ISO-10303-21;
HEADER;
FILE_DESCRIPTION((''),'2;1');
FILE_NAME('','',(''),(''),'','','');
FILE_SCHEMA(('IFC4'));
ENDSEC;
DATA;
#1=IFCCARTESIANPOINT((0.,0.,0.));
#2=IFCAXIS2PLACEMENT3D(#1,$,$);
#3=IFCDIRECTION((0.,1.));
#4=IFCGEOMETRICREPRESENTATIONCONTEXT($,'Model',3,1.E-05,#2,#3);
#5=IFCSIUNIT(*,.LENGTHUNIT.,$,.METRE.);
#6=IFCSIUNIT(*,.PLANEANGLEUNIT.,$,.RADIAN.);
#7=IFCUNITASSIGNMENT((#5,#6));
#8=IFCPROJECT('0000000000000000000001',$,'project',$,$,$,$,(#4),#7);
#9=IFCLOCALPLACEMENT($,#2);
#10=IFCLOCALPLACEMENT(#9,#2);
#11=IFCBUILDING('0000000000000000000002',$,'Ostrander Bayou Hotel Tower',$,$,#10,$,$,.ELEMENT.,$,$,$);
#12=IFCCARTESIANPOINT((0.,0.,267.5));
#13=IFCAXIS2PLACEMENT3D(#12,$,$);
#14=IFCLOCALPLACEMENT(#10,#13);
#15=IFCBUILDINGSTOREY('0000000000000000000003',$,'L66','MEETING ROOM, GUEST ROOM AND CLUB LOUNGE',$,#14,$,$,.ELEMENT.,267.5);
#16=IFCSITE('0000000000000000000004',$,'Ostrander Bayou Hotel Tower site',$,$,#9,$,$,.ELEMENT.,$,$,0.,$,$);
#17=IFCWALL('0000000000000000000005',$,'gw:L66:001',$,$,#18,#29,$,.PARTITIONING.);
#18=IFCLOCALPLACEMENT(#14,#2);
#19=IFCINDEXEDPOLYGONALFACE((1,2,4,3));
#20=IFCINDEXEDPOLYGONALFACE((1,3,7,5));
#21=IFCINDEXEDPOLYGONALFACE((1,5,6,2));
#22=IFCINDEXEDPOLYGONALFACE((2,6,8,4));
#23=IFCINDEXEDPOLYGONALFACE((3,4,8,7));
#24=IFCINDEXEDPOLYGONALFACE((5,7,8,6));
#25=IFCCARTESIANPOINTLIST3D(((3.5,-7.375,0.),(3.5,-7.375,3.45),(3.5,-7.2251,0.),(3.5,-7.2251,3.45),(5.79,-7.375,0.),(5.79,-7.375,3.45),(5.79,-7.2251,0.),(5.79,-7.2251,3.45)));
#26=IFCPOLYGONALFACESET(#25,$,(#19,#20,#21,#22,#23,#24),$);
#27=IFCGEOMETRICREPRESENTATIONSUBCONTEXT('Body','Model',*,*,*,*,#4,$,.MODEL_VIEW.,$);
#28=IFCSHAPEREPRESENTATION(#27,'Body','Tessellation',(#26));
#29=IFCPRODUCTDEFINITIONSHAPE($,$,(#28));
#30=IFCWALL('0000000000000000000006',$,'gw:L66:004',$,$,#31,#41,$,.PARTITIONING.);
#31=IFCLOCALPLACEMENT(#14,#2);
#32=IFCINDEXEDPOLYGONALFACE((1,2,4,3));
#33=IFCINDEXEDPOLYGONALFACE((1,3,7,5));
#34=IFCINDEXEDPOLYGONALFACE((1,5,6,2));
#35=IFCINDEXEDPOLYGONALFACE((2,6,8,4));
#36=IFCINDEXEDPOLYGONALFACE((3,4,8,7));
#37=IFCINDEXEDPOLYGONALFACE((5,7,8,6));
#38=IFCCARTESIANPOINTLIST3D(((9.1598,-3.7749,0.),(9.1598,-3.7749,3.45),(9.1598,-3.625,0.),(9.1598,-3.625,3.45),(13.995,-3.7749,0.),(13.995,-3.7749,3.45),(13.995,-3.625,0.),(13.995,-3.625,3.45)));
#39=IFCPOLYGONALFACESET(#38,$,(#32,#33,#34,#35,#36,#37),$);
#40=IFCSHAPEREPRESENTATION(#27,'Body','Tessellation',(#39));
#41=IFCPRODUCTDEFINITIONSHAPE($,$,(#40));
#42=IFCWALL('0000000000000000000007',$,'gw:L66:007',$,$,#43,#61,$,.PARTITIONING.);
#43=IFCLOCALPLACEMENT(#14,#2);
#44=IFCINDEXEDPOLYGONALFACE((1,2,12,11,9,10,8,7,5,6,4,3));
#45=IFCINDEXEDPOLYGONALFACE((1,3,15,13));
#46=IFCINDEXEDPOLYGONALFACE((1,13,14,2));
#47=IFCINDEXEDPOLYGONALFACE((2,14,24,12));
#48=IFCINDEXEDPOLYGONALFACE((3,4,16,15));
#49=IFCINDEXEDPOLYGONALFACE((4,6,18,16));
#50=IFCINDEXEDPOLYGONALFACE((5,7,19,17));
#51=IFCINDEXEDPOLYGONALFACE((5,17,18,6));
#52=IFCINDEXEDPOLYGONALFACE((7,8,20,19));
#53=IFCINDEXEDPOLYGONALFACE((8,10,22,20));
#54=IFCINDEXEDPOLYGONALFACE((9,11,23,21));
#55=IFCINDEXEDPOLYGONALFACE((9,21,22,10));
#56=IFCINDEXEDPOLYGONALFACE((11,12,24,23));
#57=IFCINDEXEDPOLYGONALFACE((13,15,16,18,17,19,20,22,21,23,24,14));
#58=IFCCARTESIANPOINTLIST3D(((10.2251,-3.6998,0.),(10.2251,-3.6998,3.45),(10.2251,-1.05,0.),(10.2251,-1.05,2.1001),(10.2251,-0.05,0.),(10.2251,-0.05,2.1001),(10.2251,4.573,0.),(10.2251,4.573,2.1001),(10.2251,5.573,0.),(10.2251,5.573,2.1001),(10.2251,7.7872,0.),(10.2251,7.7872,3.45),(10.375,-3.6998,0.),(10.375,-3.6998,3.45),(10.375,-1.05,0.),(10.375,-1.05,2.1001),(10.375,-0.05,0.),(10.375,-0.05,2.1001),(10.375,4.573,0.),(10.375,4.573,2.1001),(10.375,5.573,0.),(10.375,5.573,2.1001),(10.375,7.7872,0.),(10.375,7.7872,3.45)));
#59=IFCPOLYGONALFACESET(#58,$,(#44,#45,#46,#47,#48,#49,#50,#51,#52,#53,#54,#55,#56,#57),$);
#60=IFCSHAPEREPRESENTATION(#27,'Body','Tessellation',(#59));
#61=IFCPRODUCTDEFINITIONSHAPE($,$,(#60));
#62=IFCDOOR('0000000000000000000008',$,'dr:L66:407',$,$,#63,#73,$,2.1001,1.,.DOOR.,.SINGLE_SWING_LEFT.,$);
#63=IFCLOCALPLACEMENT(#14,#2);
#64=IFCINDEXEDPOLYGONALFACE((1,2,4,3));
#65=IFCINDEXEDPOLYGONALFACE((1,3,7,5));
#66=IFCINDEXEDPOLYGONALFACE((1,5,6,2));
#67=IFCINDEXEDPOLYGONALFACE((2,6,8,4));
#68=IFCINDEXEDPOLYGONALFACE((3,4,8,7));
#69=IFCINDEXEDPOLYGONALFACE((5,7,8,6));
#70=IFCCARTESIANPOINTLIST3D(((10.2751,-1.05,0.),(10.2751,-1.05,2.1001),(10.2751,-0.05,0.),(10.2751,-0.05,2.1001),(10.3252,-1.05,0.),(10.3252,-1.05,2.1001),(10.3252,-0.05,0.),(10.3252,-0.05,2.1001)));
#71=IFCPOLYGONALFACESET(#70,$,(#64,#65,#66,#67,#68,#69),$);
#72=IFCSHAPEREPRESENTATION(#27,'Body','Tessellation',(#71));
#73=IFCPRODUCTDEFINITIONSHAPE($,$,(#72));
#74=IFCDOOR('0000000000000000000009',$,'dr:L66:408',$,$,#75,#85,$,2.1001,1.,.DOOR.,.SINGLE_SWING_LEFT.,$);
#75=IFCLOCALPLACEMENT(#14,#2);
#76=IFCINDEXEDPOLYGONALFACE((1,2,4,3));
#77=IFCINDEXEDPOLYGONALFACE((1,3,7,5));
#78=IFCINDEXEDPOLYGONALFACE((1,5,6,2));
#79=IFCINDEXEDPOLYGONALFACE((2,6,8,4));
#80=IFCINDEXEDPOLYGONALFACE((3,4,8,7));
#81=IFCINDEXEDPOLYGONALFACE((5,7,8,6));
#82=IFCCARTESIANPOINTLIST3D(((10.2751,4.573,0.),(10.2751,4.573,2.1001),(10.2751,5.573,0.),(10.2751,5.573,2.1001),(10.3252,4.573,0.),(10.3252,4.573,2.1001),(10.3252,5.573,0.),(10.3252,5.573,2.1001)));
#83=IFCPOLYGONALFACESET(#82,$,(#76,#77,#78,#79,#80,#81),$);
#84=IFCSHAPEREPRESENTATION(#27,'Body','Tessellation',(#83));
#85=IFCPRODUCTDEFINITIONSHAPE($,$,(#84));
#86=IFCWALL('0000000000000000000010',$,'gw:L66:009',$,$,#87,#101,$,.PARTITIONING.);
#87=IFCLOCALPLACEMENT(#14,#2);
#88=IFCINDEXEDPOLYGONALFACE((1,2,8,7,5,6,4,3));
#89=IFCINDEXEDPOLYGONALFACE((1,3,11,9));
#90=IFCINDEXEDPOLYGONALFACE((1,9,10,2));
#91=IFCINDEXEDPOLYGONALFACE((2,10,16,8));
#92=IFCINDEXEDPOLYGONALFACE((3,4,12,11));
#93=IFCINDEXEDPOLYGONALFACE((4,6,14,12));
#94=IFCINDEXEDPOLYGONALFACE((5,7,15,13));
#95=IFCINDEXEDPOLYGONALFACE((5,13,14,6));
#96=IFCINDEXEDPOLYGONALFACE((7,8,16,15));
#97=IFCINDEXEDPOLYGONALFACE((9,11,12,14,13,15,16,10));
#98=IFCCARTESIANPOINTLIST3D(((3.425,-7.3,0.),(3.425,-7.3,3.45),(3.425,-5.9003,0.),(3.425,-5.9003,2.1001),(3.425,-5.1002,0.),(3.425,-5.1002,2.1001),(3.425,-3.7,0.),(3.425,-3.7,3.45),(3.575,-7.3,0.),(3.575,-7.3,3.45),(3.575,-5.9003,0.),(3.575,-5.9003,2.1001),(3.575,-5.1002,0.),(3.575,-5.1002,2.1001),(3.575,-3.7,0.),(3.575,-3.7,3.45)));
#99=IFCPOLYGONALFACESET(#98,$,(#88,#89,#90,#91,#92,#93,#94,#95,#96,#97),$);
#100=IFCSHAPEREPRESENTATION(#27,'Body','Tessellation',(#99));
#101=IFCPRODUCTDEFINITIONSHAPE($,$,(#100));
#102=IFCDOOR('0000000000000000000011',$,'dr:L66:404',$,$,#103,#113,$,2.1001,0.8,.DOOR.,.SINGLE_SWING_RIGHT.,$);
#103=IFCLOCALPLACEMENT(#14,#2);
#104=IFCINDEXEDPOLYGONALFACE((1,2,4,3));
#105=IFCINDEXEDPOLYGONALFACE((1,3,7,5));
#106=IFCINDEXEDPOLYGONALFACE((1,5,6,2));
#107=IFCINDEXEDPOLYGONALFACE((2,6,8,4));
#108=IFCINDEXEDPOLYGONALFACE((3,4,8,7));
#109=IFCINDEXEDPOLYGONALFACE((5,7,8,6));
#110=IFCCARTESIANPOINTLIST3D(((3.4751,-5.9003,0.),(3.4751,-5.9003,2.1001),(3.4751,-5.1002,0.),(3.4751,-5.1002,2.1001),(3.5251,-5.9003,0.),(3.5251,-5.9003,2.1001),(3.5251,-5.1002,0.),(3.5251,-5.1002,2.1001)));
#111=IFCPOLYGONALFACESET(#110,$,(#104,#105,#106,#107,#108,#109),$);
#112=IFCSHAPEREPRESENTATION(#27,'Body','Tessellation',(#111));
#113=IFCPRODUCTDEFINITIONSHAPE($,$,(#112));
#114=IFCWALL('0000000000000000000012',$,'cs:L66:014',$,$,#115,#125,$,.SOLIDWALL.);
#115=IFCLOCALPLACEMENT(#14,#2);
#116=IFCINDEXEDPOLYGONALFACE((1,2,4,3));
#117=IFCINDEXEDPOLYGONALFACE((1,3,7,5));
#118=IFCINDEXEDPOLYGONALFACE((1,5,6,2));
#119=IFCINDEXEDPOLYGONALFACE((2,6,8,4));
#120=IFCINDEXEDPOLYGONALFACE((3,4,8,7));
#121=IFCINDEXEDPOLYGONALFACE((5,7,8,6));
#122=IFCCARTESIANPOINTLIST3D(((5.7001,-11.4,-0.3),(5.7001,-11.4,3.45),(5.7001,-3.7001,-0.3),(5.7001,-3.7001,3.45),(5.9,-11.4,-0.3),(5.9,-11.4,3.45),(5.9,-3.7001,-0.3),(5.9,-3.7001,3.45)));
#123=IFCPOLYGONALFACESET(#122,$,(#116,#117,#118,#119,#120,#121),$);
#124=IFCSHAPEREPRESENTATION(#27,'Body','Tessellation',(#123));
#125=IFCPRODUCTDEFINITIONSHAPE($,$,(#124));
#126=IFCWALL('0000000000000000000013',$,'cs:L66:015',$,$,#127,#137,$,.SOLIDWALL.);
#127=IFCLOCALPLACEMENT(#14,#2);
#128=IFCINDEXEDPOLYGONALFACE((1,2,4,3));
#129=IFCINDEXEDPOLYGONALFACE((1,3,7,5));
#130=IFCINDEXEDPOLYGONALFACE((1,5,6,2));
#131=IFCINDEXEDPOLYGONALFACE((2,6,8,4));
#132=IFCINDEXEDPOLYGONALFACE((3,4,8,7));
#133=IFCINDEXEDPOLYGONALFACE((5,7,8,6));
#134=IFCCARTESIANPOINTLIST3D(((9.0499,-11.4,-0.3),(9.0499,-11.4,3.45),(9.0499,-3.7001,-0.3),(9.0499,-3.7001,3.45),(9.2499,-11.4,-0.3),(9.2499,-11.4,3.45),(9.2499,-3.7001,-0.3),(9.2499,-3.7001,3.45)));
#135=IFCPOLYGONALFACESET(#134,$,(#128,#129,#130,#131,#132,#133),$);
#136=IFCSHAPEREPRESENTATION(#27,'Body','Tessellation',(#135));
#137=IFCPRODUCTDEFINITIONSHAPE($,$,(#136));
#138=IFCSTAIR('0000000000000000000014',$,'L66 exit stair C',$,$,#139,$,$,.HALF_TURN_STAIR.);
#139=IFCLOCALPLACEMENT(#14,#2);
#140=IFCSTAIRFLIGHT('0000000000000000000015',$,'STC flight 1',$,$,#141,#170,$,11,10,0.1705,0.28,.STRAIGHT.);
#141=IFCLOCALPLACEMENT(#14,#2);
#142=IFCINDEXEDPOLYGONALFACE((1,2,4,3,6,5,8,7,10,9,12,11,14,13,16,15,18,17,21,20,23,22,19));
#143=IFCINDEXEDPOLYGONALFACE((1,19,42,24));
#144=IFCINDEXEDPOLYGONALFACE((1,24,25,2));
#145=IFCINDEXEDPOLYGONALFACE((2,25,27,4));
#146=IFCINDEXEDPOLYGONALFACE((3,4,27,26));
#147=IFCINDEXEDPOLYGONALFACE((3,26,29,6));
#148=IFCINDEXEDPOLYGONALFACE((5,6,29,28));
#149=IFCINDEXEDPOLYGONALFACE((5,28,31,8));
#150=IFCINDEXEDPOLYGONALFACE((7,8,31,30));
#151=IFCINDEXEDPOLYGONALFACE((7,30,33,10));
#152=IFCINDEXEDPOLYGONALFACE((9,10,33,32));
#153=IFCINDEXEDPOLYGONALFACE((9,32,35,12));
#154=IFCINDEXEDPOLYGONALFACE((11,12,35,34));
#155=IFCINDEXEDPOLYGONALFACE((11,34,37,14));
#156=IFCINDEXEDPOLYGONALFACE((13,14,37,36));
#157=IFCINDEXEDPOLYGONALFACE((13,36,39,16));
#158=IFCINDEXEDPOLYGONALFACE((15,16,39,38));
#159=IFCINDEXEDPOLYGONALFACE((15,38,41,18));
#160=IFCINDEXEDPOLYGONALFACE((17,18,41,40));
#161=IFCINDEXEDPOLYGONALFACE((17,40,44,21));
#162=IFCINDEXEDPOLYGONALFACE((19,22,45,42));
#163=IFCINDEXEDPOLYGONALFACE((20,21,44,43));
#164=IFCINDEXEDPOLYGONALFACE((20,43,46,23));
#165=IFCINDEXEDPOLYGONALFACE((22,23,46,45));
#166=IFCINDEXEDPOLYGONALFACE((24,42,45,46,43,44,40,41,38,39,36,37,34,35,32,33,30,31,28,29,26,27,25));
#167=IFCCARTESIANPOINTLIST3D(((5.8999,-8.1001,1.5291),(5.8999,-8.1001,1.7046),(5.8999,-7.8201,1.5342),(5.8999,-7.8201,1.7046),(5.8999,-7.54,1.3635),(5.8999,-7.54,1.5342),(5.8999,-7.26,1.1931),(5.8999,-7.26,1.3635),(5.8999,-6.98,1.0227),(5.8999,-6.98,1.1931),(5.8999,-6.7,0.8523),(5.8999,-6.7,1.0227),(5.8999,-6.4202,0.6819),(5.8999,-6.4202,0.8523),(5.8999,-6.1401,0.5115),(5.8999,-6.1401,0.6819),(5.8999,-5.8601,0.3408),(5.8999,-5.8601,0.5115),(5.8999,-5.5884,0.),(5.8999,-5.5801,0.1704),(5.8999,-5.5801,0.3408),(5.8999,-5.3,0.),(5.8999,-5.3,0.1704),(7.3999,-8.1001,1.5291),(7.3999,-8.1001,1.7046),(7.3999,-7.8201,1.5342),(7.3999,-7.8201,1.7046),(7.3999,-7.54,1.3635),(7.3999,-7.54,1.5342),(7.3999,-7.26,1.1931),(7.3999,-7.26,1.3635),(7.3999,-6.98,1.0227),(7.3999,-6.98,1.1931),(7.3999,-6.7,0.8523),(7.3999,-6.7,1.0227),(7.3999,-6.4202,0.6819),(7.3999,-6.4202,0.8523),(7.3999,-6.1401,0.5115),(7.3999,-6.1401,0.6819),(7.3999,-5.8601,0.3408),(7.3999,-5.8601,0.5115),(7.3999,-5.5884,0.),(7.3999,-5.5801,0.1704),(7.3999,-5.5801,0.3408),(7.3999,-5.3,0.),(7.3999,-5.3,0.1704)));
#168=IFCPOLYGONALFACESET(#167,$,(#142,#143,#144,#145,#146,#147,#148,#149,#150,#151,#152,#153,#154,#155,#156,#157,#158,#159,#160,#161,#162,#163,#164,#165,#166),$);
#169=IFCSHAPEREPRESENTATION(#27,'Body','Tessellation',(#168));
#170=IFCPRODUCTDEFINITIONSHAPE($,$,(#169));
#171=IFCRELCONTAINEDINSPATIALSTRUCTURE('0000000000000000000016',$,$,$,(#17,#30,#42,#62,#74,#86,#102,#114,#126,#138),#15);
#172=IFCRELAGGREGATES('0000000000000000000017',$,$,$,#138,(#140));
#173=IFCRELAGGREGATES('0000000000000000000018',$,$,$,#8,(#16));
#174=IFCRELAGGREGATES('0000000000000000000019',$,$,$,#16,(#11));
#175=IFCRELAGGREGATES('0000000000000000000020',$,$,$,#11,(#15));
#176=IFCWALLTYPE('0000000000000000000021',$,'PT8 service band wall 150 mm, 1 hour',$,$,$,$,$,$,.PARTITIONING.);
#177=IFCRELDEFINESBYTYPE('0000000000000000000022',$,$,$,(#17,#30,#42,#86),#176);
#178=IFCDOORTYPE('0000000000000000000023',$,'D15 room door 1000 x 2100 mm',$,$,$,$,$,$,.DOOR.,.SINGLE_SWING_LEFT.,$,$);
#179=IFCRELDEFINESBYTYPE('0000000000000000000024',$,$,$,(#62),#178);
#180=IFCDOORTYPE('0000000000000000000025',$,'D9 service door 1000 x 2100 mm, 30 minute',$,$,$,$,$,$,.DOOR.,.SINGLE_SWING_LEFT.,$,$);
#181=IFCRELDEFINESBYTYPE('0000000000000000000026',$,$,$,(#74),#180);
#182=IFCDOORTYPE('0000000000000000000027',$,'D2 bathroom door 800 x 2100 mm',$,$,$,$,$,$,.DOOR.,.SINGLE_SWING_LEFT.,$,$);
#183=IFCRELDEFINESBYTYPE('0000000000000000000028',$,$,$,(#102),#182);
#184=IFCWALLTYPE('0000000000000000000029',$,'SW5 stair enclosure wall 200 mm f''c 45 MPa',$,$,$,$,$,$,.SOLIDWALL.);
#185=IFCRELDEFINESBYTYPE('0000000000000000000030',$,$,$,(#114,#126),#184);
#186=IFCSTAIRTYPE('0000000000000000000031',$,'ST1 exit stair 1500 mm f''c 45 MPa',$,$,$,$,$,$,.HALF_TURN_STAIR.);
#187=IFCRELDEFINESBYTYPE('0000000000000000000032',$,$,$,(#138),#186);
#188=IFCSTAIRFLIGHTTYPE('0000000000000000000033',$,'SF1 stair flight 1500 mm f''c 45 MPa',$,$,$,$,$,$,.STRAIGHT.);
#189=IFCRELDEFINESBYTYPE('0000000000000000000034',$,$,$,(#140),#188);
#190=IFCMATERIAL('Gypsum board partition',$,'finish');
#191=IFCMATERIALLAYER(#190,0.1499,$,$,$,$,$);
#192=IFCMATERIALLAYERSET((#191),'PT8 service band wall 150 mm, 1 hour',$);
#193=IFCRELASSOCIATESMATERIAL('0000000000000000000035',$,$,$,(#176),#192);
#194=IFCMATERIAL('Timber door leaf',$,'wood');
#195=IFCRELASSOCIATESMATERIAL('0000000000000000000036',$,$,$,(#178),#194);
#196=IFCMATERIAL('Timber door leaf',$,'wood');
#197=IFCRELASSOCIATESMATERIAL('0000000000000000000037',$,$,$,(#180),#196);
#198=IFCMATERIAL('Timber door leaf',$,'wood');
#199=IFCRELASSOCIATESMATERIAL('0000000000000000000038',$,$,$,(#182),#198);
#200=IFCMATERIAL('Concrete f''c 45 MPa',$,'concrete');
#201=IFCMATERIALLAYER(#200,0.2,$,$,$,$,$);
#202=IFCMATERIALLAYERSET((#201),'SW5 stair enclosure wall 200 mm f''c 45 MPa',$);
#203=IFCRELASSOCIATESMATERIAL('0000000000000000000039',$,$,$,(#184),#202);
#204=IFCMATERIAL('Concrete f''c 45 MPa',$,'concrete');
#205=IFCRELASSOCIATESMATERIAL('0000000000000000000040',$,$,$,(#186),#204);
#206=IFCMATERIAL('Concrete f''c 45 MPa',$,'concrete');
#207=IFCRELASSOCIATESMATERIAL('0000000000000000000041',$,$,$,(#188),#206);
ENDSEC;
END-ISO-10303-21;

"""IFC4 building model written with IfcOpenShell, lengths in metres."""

from ifc_helpers import new_model, si_unit, direction, frame, frame_2d, origin, place, context, subcontext, project, spatial, polyline, rectangle, outline, extrude, material, layer, layer_set, type_object, element, fill, aggregate, save


model = new_model("IFC4")

# Units and contexts
model_context = context("Model", 3, precision=1e-05, world=origin(), true_north=direction((0.0, 1.0)))
body_context = subcontext(model_context, "Body", "Model", "MODEL_VIEW")
ifc_project = project(units=[si_unit("LENGTHUNIT", "METRE"), si_unit("PLANEANGLEUNIT", "RADIAN")], contexts=[model_context])

# Site, building, storey
site_placement = place(None, origin())
site = spatial("IfcSite", under=ifc_project, at=site_placement, Name="Ostrander Bayou Hotel Tower site", CompositionType="ELEMENT", RefElevation=0.0)
building_placement = place(site_placement, origin())
building = spatial("IfcBuilding", under=site, at=building_placement, Name="Ostrander Bayou Hotel Tower", CompositionType="ELEMENT")
storey_placement = place(building_placement, frame((0.0, 0.0, 267.5)))
storey = spatial("IfcBuildingStorey", under=building, at=storey_placement, Name="L66", Description="MEETING ROOM, GUEST ROOM AND CLUB LOUNGE", CompositionType="ELEMENT", Elevation=267.5)

# Walls
ifc_material_1 = material(Name="Gypsum board partition", Category="finish")
ifc_layer_1 = layer(ifc_material_1, 0.1499)
ifc_layer_set_1 = layer_set([ifc_layer_1], Name="PT8 service band wall 150 mm, 1 hour")
wall_type_1 = type_object("IfcWallType", Name="PT8 service band wall 150 mm, 1 hour", PredefinedType="PARTITIONING", material=ifc_layer_set_1)
wall_1_placement = place(storey_placement, frame((3.5, -7.3, 0.0), z_axis=(0.0, 0.0, 1.0), x_axis=(1.0, 0.0, 0.0)))
element("IfcWall", 1, at=wall_1_placement, inside=storey, type_object=wall_type_1, Name="gw:L66:001", PredefinedType="PARTITIONING", context=body_context, shape_type="SweptSolid", body=[
    extrude(rectangle(XDim=2.29, YDim=0.1499, at=frame_2d((1.145, 0.0))), origin(), (0.0, 0.0, 1.0), 3.45),
])
wall_2_placement = place(storey_placement, frame((9.1599, -3.7, 0.0), z_axis=(0.0, 0.0, 1.0), x_axis=(1.0, 0.0, 0.0)))
element("IfcWall", 2, at=wall_2_placement, inside=storey, type_object=wall_type_1, Name="gw:L66:004", PredefinedType="PARTITIONING", context=body_context, shape_type="SweptSolid", body=[
    extrude(rectangle(XDim=4.8352, YDim=0.1499, at=frame_2d((2.4175, 0.0))), origin(), (0.0, 0.0, 1.0), 3.45),
])

# Wall, openings, doors
wall_3_placement = place(storey_placement, frame((10.3, -3.7, 0.0), z_axis=(0.0, 0.0, 1.0), x_axis=(0.0, 1.0, 0.0)))
wall_3 = element("IfcWall", 3, at=wall_3_placement, inside=storey, type_object=wall_type_1, Name="gw:L66:007", PredefinedType="PARTITIONING", context=body_context, shape_type="SweptSolid", body=[
    extrude(rectangle(XDim=11.4871, YDim=0.1499, at=frame_2d((5.7437, 0.0))), origin(), (0.0, 0.0, 1.0), 3.45),
])
opening_1_placement = place(wall_3_placement, frame((2.6499, 0.0, 0.0)))
opening_1 = element("IfcOpeningElement", 4, at=opening_1_placement, cuts=wall_3, PredefinedType="OPENING", context=body_context, shape_type="SweptSolid", body=[
    extrude(rectangle(XDim=1.0, YDim=2.1001, at=frame_2d((0.5, 1.05))), frame((0.0, 0.075, 0.0), z_axis=(0.0, -1.0, 0.0), x_axis=(1.0, 0.0, 0.0)), (0.0, 0.0, 1.0), 0.1499),
])
opening_2_placement = place(wall_3_placement, frame((8.2729, 0.0, 0.0)))
opening_2 = element("IfcOpeningElement", 5, at=opening_2_placement, cuts=wall_3, PredefinedType="OPENING", context=body_context, shape_type="SweptSolid", body=[
    extrude(rectangle(XDim=1.0, YDim=2.1001, at=frame_2d((0.5, 1.05))), frame((0.0, 0.075, 0.0), z_axis=(0.0, -1.0, 0.0), x_axis=(1.0, 0.0, 0.0)), (0.0, 0.0, 1.0), 0.1499),
])
ifc_material_2 = material(Name="Timber door leaf", Category="wood")
door_type_1 = type_object("IfcDoorType", Name="D15 room door 1000 x 2100 mm", OperationType="SINGLE_SWING_LEFT", PredefinedType="DOOR", material=ifc_material_2)
door_1_placement = place(opening_1_placement, origin())
door_1 = element("IfcDoor", 6, at=door_1_placement, inside=storey, type_object=door_type_1, Name="dr:L66:407", OperationType="SINGLE_SWING_LEFT", OverallHeight=2.1001, OverallWidth=1.0, PredefinedType="DOOR", context=body_context, shape_type="SweptSolid", body=[
    extrude(rectangle(XDim=1.0, YDim=2.1001, at=frame_2d((0.5, 1.05))), frame((0.0, 0.0249, 0.0), z_axis=(0.0, -1.0, 0.0), x_axis=(1.0, 0.0, 0.0)), (0.0, 0.0, 1.0), 0.05),
])
fill(opening_1, door_1)
ifc_material_3 = material(Name="Timber door leaf", Category="wood")
door_type_2 = type_object("IfcDoorType", Name="D9 service door 1000 x 2100 mm, 30 minute", OperationType="SINGLE_SWING_LEFT", PredefinedType="DOOR", material=ifc_material_3)
door_2_placement = place(opening_2_placement, origin())
door_2 = element("IfcDoor", 7, at=door_2_placement, inside=storey, type_object=door_type_2, Name="dr:L66:408", OperationType="SINGLE_SWING_LEFT", OverallHeight=2.1001, OverallWidth=1.0, PredefinedType="DOOR", context=body_context, shape_type="SweptSolid", body=[
    extrude(rectangle(XDim=1.0, YDim=2.1001, at=frame_2d((0.5, 1.05))), frame((0.0, 0.0249, 0.0), z_axis=(0.0, -1.0, 0.0), x_axis=(1.0, 0.0, 0.0)), (0.0, 0.0, 1.0), 0.05),
])
fill(opening_2, door_2)

# Wall, opening, door
wall_4_placement = place(storey_placement, frame((3.5, -7.3, 0.0), z_axis=(0.0, 0.0, 1.0), x_axis=(0.0, 1.0, 0.0)))
wall_4 = element("IfcWall", 8, at=wall_4_placement, inside=storey, type_object=wall_type_1, Name="gw:L66:009", PredefinedType="PARTITIONING", context=body_context, shape_type="SweptSolid", body=[
    extrude(rectangle(XDim=3.6001, YDim=0.1499, at=frame_2d((1.8, 0.0))), origin(), (0.0, 0.0, 1.0), 3.45),
])
opening_3_placement = place(wall_4_placement, frame((1.3999, 0.0, 0.0)))
opening_3 = element("IfcOpeningElement", 9, at=opening_3_placement, cuts=wall_4, PredefinedType="OPENING", context=body_context, shape_type="SweptSolid", body=[
    extrude(rectangle(XDim=0.8, YDim=2.1001, at=frame_2d((0.3999, 1.05))), frame((0.0, 0.075, 0.0), z_axis=(0.0, -1.0, 0.0), x_axis=(1.0, 0.0, 0.0)), (0.0, 0.0, 1.0), 0.1499),
])
ifc_material_4 = material(Name="Timber door leaf", Category="wood")
door_type_3 = type_object("IfcDoorType", Name="D2 bathroom door 800 x 2100 mm", OperationType="SINGLE_SWING_LEFT", PredefinedType="DOOR", material=ifc_material_4)
door_3_placement = place(opening_3_placement, origin())
door_3 = element("IfcDoor", 10, at=door_3_placement, inside=storey, type_object=door_type_3, Name="dr:L66:404", OperationType="SINGLE_SWING_RIGHT", OverallHeight=2.1001, OverallWidth=0.8, PredefinedType="DOOR", context=body_context, shape_type="SweptSolid", body=[
    extrude(rectangle(XDim=0.8, YDim=2.1001, at=frame_2d((0.3999, 1.05))), frame((0.0, 0.0249, 0.0), z_axis=(0.0, -1.0, 0.0), x_axis=(1.0, 0.0, 0.0)), (0.0, 0.0, 1.0), 0.05),
])
fill(opening_3, door_3)
ifc_material_5 = material(Name="Concrete f'c 45 MPa", Category="concrete")
ifc_layer_2 = layer(ifc_material_5, 0.2)
ifc_layer_set_2 = layer_set([ifc_layer_2], Name="SW5 stair enclosure wall 200 mm f'c 45 MPa")
wall_type_2 = type_object("IfcWallType", Name="SW5 stair enclosure wall 200 mm f'c 45 MPa", PredefinedType="SOLIDWALL", material=ifc_layer_set_2)

# Walls
for number, where, z_axis, x_axis, name in (
    (11, (5.8, -3.7, -0.3), (0.0, 0.0, 1.0), (0.0, -1.0, 0.0), "cs:L66:014"),
    (12, (9.1499, -3.7, -0.3), (0.0, 0.0, 1.0), (0.0, -1.0, 0.0), "cs:L66:015"),
):
    element("IfcWall", number, at=place(storey_placement, frame(where, z_axis=z_axis, x_axis=x_axis)), inside=storey, type_object=wall_type_2, Name=name, PredefinedType="SOLIDWALL", context=body_context, shape_type="SweptSolid", body=[
        extrude(rectangle(XDim=7.7, YDim=0.2, at=frame_2d((3.8501, 0.0))), origin(), (0.0, 0.0, 1.0), 3.75),
    ])

# Stair, stair flight
ifc_material_6 = material(Name="Concrete f'c 45 MPa", Category="concrete")
stair_type = type_object("IfcStairType", Name="ST1 exit stair 1500 mm f'c 45 MPa", PredefinedType="HALF_TURN_STAIR", material=ifc_material_6)
stair_placement = place(storey_placement, origin())
stair = element("IfcStair", 13, at=stair_placement, inside=storey, type_object=stair_type, Name="L66 exit stair C", PredefinedType="HALF_TURN_STAIR")
ifc_material_7 = material(Name="Concrete f'c 45 MPa", Category="concrete")
stair_flight_type = type_object("IfcStairFlightType", Name="SF1 stair flight 1500 mm f'c 45 MPa", PredefinedType="STRAIGHT", material=ifc_material_7)
stair_flight_1_placement = place(storey_placement, frame((6.6499, -5.3, 0.0), z_axis=(0.0, 0.0, 1.0), x_axis=(0.0, -1.0, 0.0)))
stair_flight_1 = element("IfcStairFlight", 14, at=stair_flight_1_placement, type_object=stair_flight_type, Name="STC flight 1", NumberOfRisers=11, NumberOfTreads=10, PredefinedType="STRAIGHT", RiserHeight=0.1705, TreadLength=0.28, context=body_context, shape_type="SweptSolid", body=[
    extrude(outline(polyline([(0.0, 0.0), (0.0, 0.1704), (0.28, 0.1704), (0.28, 0.3408), (0.5601, 0.3408), (0.5601, 0.5115), (0.8401, 0.5115), (0.8401, 0.6819), (1.1201, 0.6819), (1.1201, 0.8523), (1.3999, 0.8523), (1.3999, 1.0227), (1.6799, 1.0227), (1.6799, 1.1931), (1.96, 1.1931), (1.96, 1.3635), (2.24, 1.3635), (2.24, 1.5342), (2.52, 1.5342), (2.52, 1.7046), (2.8, 1.7046), (2.8, 1.875), (2.8, 1.5291), (0.2883, 0.0), (0.0, 0.0)])), frame((0.0, 0.75, 0.0), z_axis=(0.0, -1.0, 0.0), x_axis=(1.0, 0.0, 0.0)), (0.0, 0.0, 1.0), 1.5),
])
aggregate(stair, [stair_flight_1])

save(model, "model.ifc")
